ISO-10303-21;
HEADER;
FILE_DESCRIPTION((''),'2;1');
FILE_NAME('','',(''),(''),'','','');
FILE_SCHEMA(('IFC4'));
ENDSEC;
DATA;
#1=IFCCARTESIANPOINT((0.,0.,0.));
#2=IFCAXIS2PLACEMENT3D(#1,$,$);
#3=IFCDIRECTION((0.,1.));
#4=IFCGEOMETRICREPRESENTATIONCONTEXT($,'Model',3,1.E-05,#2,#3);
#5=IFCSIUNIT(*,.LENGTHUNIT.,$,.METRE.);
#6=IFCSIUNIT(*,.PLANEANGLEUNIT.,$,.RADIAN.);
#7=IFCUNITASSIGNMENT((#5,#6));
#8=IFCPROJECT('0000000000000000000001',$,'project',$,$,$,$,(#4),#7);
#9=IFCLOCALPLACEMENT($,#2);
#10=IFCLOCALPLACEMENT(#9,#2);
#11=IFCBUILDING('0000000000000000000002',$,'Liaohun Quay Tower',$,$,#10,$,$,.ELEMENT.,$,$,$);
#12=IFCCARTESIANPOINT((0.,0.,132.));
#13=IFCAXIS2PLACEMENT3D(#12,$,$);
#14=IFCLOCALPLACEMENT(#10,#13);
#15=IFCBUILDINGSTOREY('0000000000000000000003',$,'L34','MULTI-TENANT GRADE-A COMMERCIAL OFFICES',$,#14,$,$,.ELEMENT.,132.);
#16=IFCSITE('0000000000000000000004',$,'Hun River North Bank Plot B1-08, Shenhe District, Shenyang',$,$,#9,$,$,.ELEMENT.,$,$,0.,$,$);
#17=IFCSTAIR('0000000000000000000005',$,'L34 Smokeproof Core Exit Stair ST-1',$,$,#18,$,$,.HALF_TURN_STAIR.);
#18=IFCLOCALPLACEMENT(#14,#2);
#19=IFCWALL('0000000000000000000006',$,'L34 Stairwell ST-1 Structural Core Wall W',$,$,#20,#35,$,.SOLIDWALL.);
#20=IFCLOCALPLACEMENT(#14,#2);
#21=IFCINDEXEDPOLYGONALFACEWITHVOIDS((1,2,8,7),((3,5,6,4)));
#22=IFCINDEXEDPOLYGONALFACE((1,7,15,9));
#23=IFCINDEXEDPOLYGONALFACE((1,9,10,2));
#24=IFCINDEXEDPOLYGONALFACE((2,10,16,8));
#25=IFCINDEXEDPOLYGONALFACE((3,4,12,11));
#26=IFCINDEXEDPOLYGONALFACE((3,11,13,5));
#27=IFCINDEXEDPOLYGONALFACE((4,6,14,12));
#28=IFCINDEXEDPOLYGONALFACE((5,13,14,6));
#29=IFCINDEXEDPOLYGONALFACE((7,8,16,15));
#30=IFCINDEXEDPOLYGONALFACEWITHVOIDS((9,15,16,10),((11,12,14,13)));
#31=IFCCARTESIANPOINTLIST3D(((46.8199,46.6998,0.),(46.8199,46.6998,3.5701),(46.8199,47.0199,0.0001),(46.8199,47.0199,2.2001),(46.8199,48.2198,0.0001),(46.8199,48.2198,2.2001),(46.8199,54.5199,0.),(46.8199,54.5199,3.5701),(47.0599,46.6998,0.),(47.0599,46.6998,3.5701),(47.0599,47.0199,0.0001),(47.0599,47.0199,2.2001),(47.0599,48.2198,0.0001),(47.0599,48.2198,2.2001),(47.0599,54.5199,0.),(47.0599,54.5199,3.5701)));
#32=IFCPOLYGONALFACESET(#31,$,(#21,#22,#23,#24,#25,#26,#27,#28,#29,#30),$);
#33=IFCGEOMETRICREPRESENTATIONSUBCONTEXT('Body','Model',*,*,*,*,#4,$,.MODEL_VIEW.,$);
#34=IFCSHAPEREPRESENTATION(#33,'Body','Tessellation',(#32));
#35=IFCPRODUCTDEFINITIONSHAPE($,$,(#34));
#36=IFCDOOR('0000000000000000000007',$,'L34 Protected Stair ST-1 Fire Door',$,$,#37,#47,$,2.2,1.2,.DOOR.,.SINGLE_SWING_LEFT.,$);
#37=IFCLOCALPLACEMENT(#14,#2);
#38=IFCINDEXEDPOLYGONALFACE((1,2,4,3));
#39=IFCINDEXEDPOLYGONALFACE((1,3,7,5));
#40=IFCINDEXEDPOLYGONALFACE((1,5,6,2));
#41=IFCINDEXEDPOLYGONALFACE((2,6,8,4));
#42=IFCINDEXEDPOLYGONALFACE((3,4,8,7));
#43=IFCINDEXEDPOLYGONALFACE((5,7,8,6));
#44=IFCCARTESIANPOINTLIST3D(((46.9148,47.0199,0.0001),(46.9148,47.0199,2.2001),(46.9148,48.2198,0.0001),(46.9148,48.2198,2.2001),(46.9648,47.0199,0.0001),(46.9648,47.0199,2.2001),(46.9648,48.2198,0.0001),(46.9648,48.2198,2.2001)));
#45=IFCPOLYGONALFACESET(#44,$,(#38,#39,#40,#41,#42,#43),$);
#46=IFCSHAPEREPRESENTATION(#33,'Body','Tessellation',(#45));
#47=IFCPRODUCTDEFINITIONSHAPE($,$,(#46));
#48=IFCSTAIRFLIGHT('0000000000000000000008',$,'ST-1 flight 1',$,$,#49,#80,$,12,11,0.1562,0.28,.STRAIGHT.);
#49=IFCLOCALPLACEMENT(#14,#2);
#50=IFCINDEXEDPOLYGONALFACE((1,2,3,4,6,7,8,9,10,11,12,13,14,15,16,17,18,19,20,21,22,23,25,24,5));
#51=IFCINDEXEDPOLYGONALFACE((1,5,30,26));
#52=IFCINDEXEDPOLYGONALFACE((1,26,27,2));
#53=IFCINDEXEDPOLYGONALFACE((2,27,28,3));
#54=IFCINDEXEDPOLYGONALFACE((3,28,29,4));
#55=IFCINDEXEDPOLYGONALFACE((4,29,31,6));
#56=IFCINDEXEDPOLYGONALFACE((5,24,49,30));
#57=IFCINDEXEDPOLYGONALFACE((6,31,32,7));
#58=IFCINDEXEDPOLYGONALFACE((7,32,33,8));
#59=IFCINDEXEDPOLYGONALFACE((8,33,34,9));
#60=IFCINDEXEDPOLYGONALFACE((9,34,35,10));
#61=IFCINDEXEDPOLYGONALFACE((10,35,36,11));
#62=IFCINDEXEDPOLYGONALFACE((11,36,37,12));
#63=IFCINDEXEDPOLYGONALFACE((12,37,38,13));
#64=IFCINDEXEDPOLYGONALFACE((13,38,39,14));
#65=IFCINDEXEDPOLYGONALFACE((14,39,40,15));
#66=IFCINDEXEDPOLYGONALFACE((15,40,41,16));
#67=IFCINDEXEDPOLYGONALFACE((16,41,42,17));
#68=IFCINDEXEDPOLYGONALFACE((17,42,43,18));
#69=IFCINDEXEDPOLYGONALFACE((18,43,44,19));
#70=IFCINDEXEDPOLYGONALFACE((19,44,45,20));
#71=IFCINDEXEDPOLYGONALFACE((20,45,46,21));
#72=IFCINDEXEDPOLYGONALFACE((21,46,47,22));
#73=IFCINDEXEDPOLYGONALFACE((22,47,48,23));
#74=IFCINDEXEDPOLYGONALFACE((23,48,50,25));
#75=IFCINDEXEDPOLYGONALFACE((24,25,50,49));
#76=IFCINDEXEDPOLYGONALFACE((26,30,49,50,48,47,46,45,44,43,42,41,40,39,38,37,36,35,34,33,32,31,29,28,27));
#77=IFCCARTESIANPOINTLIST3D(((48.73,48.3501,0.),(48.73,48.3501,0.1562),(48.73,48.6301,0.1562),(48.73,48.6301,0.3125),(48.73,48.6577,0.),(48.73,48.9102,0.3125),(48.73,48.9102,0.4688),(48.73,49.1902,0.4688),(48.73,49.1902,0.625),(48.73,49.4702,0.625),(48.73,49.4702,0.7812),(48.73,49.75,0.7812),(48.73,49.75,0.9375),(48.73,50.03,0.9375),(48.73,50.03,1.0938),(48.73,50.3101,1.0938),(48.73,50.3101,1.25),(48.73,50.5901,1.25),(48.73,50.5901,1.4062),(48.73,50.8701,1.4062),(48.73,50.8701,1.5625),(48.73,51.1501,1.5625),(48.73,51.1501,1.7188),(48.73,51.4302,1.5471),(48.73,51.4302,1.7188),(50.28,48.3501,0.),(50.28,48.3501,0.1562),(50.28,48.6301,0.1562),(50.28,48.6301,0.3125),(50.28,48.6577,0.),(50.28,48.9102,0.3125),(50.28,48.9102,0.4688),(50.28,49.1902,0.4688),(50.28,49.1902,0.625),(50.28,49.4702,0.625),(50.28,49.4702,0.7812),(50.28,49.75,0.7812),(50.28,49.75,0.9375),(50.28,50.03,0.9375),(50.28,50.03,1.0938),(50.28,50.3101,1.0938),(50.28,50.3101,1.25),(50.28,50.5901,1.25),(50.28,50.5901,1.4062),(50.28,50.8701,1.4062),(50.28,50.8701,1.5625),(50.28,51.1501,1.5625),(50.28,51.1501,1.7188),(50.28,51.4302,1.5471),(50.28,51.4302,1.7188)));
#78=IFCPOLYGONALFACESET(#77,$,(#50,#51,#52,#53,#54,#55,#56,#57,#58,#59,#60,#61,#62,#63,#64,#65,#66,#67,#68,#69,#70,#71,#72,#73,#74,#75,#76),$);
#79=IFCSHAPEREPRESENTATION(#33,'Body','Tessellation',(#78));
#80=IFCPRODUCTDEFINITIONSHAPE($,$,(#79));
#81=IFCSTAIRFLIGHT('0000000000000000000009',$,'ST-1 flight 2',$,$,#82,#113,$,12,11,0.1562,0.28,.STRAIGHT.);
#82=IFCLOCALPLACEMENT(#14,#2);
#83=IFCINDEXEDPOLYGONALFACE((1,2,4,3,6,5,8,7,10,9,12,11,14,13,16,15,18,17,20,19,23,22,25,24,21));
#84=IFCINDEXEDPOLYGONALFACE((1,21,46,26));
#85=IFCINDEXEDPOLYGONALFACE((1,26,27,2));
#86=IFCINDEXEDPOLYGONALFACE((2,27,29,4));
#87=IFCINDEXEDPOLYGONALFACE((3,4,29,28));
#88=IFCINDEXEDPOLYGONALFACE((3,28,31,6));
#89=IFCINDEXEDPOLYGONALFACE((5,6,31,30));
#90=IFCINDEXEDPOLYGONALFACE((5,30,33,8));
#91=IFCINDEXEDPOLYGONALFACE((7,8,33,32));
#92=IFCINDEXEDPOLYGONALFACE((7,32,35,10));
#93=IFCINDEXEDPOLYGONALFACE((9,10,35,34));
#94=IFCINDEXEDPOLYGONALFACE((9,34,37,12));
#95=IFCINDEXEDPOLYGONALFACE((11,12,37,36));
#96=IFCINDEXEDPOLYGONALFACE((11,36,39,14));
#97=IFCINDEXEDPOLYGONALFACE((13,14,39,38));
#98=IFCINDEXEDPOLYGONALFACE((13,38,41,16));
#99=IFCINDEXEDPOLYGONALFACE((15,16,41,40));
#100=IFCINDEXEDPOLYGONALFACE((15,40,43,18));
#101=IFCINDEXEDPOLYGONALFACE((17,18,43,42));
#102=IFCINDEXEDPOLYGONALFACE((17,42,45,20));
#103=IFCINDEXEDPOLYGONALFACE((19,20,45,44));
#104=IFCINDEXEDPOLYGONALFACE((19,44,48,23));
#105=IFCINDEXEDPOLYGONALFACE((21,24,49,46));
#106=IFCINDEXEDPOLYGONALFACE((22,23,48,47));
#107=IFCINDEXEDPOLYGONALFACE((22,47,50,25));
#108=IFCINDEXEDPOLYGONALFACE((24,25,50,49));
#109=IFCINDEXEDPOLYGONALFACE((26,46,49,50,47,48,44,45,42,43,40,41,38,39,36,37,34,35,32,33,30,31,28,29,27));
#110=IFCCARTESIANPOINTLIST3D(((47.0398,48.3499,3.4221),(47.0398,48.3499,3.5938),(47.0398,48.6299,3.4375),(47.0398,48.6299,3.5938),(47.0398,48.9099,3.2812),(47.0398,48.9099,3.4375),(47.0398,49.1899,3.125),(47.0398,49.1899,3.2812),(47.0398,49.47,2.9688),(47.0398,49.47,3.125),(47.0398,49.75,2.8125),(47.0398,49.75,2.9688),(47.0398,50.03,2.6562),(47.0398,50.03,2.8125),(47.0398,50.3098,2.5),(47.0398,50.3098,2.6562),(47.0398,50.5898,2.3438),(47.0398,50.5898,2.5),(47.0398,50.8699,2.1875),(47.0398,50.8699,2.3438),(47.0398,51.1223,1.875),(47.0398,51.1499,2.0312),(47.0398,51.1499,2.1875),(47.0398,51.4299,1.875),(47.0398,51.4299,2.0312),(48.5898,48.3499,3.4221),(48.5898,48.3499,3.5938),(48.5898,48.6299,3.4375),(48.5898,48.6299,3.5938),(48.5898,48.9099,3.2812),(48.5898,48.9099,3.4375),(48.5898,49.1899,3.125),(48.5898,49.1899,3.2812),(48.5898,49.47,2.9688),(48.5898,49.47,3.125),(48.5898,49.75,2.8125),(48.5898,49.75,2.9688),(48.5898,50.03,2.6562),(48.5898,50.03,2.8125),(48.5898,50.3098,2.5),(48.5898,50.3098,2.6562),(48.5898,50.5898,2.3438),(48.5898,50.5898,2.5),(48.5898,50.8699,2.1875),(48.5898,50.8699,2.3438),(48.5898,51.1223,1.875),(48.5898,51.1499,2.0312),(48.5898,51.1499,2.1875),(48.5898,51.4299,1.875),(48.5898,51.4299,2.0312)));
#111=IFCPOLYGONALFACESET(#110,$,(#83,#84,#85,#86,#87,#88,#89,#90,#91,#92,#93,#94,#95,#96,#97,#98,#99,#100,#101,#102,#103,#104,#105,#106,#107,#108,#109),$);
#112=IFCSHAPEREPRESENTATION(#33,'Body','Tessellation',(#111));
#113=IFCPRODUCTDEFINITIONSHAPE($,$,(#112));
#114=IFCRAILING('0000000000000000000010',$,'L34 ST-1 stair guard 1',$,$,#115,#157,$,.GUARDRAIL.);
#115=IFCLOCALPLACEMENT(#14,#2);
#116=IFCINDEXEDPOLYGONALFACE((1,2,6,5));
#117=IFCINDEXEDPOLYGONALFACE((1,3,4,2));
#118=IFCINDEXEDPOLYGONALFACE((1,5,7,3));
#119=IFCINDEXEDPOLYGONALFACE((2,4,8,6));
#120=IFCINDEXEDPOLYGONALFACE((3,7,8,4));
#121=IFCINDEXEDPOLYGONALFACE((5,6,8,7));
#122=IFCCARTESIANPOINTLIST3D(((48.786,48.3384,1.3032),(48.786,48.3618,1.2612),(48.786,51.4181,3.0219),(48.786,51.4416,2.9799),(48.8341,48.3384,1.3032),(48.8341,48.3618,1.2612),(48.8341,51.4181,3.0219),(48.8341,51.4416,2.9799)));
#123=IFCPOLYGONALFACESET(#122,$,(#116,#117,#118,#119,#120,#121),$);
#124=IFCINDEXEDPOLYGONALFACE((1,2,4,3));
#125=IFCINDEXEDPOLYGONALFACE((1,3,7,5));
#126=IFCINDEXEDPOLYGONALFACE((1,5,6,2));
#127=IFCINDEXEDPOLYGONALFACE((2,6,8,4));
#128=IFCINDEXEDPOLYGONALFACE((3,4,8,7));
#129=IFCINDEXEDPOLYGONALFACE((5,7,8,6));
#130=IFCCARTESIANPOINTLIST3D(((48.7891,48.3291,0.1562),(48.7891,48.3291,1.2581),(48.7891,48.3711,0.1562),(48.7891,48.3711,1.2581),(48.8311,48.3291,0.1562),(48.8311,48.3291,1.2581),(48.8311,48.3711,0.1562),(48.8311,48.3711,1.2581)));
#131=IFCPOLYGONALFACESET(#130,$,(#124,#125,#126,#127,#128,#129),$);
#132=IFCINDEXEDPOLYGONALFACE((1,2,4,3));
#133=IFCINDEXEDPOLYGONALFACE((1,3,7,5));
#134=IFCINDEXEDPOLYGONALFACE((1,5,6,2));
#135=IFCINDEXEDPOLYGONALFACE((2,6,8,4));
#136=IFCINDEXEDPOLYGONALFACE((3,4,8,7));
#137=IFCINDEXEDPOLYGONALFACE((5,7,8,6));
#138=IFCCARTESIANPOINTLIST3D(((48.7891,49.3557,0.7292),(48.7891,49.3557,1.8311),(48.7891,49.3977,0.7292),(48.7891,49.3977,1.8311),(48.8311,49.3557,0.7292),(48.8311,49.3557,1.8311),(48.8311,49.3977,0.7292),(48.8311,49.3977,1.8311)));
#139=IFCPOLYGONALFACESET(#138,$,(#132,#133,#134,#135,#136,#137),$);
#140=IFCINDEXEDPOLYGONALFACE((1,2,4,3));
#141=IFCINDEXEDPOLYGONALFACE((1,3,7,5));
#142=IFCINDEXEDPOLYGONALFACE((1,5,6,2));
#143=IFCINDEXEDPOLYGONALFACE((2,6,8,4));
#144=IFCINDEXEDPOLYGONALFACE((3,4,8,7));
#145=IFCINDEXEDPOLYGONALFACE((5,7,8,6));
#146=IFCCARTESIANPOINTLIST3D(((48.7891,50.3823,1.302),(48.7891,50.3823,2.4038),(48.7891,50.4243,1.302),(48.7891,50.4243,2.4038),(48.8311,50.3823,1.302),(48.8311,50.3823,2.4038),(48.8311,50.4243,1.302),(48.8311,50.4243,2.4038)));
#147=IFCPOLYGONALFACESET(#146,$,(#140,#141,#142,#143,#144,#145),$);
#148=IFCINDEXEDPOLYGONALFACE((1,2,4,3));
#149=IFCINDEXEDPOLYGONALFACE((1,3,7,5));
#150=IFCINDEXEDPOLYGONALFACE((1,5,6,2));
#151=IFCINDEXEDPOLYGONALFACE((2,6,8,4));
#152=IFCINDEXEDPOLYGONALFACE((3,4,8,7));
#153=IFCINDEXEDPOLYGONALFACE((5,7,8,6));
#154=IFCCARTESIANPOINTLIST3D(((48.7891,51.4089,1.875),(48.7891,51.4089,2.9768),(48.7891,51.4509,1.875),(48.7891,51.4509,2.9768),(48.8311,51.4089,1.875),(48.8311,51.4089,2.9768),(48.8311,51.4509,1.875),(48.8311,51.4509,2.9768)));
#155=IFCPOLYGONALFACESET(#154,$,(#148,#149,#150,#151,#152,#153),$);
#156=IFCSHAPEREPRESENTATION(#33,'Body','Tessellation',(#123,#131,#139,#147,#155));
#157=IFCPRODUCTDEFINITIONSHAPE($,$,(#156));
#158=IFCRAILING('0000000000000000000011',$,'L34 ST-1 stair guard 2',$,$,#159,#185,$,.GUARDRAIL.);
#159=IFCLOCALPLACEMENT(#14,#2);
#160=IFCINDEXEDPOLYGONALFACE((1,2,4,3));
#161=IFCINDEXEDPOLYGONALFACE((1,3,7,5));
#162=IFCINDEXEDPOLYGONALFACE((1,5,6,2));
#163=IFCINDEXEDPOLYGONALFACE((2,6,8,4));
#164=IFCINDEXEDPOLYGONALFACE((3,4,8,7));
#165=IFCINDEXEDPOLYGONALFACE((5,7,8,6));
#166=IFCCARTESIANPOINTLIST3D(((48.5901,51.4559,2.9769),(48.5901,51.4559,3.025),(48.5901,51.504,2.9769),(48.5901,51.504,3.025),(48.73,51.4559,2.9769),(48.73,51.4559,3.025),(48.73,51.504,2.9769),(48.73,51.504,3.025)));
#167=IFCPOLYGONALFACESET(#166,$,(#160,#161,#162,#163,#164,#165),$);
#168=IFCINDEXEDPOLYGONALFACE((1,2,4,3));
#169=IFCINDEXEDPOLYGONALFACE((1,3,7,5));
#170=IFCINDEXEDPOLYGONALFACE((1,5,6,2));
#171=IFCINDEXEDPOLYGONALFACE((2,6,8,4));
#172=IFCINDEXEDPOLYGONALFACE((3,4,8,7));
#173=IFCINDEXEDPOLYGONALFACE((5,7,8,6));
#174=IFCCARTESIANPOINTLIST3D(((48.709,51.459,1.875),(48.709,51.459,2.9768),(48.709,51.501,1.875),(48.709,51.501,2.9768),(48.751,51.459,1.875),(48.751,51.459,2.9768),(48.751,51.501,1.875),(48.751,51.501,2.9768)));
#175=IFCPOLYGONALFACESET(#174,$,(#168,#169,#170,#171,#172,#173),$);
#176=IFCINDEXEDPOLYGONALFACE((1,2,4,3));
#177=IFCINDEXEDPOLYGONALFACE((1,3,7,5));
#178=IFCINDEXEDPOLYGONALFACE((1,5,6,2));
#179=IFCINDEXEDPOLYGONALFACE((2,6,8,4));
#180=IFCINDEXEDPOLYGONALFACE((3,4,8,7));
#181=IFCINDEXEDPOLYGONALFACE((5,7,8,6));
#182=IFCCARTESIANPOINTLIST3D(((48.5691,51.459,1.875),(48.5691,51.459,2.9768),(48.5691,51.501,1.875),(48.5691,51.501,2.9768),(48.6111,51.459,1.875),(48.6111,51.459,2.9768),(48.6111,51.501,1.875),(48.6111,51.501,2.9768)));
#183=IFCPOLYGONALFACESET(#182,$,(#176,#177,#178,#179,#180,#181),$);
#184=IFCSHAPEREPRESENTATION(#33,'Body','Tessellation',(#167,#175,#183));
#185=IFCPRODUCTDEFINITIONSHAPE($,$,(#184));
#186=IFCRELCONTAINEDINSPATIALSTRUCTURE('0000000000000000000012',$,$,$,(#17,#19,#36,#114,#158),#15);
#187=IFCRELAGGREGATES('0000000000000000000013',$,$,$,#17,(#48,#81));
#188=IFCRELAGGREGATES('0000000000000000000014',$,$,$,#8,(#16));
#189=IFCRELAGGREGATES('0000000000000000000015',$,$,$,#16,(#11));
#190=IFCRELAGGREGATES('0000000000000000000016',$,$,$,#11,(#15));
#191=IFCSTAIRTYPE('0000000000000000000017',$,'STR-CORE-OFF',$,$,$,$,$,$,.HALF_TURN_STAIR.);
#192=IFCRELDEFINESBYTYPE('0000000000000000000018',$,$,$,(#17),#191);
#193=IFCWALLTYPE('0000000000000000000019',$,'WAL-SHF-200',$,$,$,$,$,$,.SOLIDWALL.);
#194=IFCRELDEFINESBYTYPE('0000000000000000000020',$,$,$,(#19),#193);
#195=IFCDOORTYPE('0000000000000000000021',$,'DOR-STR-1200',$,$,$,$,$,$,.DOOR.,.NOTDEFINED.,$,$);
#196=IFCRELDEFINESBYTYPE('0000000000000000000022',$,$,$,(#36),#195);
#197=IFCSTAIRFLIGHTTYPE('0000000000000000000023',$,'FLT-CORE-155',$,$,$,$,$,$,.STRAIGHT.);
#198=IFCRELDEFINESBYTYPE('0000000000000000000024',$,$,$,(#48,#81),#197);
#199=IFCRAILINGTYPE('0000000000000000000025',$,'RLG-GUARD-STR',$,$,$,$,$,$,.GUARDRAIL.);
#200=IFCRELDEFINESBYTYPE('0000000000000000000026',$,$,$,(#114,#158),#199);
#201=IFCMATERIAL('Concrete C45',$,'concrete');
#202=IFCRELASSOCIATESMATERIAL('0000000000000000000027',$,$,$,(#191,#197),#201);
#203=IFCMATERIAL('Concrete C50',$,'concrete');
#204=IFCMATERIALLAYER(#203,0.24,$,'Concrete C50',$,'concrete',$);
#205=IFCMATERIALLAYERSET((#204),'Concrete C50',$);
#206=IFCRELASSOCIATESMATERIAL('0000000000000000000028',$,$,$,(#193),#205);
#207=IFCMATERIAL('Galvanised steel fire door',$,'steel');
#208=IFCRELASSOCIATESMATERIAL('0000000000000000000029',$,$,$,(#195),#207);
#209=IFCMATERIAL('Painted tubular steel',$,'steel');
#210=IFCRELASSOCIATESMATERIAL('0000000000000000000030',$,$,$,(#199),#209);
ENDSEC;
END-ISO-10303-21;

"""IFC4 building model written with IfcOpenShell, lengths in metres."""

from ifc_helpers import new_model, si_unit, direction, frame, frame_2d, origin, origin_2d, place, context, subcontext, project, spatial, polyline, rectangle, outline, extrude, source, transform, mapped, material, layer, layer_set, type_object, element, fill, aggregate, save


model = new_model("IFC4")

# Units and contexts
model_context = context("Model", 3, precision=1e-05, world=origin(), true_north=direction((0.0, 1.0)))
body_context = subcontext(model_context, "Body", "Model", "MODEL_VIEW")
ifc_project = project(units=[si_unit("LENGTHUNIT", "METRE"), si_unit("PLANEANGLEUNIT", "RADIAN")], contexts=[model_context])

# Site, building, storey
site_placement = place(None, origin())
site = spatial("IfcSite", under=ifc_project, at=site_placement, Name="Hun River North Bank Plot B1-08, Shenhe District, Shenyang", CompositionType="ELEMENT", RefElevation=0.0)
building_placement = place(site_placement, origin())
building = spatial("IfcBuilding", under=site, at=building_placement, Name="Liaohun Quay Tower", CompositionType="ELEMENT")
storey_placement = place(building_placement, frame((0.0, 0.0, 132.0)))
storey = spatial("IfcBuildingStorey", under=building, at=storey_placement, Name="L34", Description="MULTI-TENANT GRADE-A COMMERCIAL OFFICES", CompositionType="ELEMENT", Elevation=132.0)

# Stair
ifc_material_1 = material(Name="Concrete C45", Category="concrete")
stair_type = type_object("IfcStairType", Name="STR-CORE-OFF", PredefinedType="HALF_TURN_STAIR", material=ifc_material_1)
stair_1_placement = place(storey_placement, origin())
stair_1 = element("IfcStair", 1, at=stair_1_placement, inside=storey, type_object=stair_type, Name="L34 Smokeproof Core Exit Stair ST-1", PredefinedType="HALF_TURN_STAIR")

# Shared definitions
ifc_material_2 = material(Name="Concrete C50", Category="concrete")
ifc_layer_1 = layer(ifc_material_2, 0.24, Name="Concrete C50", Category="concrete")
ifc_layer_set_1 = layer_set([ifc_layer_1], Name="Concrete C50")
wall_type_1 = type_object("IfcWallType", Name="WAL-SHF-200", PredefinedType="SOLIDWALL", material=ifc_layer_set_1)

# Wall, opening, door
wall_1_placement = place(storey_placement, frame((46.9399, 54.52, 0.0), z_axis=(0.0, 0.0, 1.0), x_axis=(0.0, -1.0, 0.0)))
wall_1 = element("IfcWall", 2, at=wall_1_placement, inside=storey, type_object=wall_type_1, Name="L34 Stairwell ST-1 Structural Core Wall W", PredefinedType="SOLIDWALL", context=body_context, shape_type="SweptSolid", body=[
    extrude(rectangle(XDim=7.8201, YDim=0.24, at=frame_2d((3.9102, 0.0))), origin(), (0.0, 0.0, 1.0), 3.5701),
])
shared_shape_1 = source(origin(), body_context, "Body", "SweptSolid", [
    extrude(rectangle(XDim=1.2, YDim=2.2, at=frame_2d((0.6001, 1.1001))), frame((0.0, 0.1299, 0.0), z_axis=(0.0, -1.0, 0.0), x_axis=(1.0, 0.0, 0.0)), (0.0, 0.0, 1.0), 0.26),
])
opening_1_placement = place(wall_1_placement, frame((6.3, 0.0, 0.0)))
opening_1 = element("IfcOpeningElement", 3, at=opening_1_placement, cuts=wall_1, PredefinedType="OPENING", context=body_context, shape_type="MappedRepresentation", body=[
    mapped(shared_shape_1, transform((0.0, 0.0, 0.0), x_axis=(1.0, 0.0, 0.0), y_axis=(0.0, 1.0, 0.0), z_axis=(0.0, 0.0, 1.0), scale=1.0)),
])
ifc_material_3 = material(Name="Galvanised steel fire door", Category="steel")
door_type_1 = type_object("IfcDoorType", Name="DOR-STR-1200", OperationType="NOTDEFINED", PredefinedType="DOOR", material=ifc_material_3)
shared_shape_2 = source(origin(), body_context, "Body", "SweptSolid", [
    extrude(rectangle(XDim=1.2, YDim=2.2, at=frame_2d((0.6001, 1.1001))), frame((0.0, 0.0249, 0.0), z_axis=(0.0, -1.0, 0.0), x_axis=(1.0, 0.0, 0.0)), (0.0, 0.0, 1.0), 0.05),
])
door_1_placement = place(opening_1_placement, origin())
door_1 = element("IfcDoor", 4, at=door_1_placement, inside=storey, type_object=door_type_1, Name="L34 Protected Stair ST-1 Fire Door", OperationType="SINGLE_SWING_LEFT", OverallHeight=2.2, OverallWidth=1.2, PredefinedType="DOOR", context=body_context, shape_type="MappedRepresentation", body=[
    mapped(shared_shape_2, transform((0.0, 0.0, 0.0), x_axis=(1.0, 0.0, 0.0), y_axis=(0.0, 1.0, 0.0), z_axis=(0.0, 0.0, 1.0), scale=1.0)),
])
fill(opening_1, door_1)

# Stair flights
stair_flight_type = type_object("IfcStairFlightType", Name="FLT-CORE-155", PredefinedType="STRAIGHT", material=ifc_material_1)
stair_flight_1_placement = place(storey_placement, frame((49.5049, 48.3501, 0.0), z_axis=(0.0, 0.0, 1.0), x_axis=(0.0, 1.0, 0.0)))
stair_flight_1 = element("IfcStairFlight", 5, at=stair_flight_1_placement, type_object=stair_flight_type, Name="ST-1 flight 1", NumberOfRisers=12, NumberOfTreads=11, PredefinedType="STRAIGHT", RiserHeight=0.1562, TreadLength=0.28, context=body_context, shape_type="SweptSolid", body=[
    extrude(outline(polyline([(0.0, 0.0), (0.0, 0.1562), (0.28, 0.1562), (0.28, 0.3125), (0.5601, 0.3125), (0.5601, 0.4688), (0.8401, 0.4688), (0.8401, 0.625), (1.1201, 0.625), (1.1201, 0.7812), (1.3999, 0.7812), (1.3999, 0.9375), (1.6799, 0.9375), (1.6799, 1.0938), (1.96, 1.0938), (1.96, 1.25), (2.24, 1.25), (2.24, 1.4062), (2.52, 1.4062), (2.52, 1.5625), (2.8, 1.5625), (2.8, 1.7188), (3.0801, 1.7188), (3.0801, 1.875), (3.0801, 1.5471), (0.3076, 0.0), (0.0, 0.0)])), frame((0.0, 0.7749, 0.0), z_axis=(0.0, -1.0, 0.0), x_axis=(1.0, 0.0, 0.0)), (0.0, 0.0, 1.0), 1.55),
])
stair_flight_2_placement = place(storey_placement, frame((47.8149, 51.4299, 1.875), z_axis=(0.0, 0.0, 1.0), x_axis=(0.0, -1.0, 0.0)))
stair_flight_2 = element("IfcStairFlight", 6, at=stair_flight_2_placement, type_object=stair_flight_type, Name="ST-1 flight 2", NumberOfRisers=12, NumberOfTreads=11, PredefinedType="STRAIGHT", RiserHeight=0.1562, TreadLength=0.28, context=body_context, shape_type="SweptSolid", body=[
    extrude(outline(polyline([(0.0, 0.0), (0.0, 0.1562), (0.28, 0.1562), (0.28, 0.3125), (0.5601, 0.3125), (0.5601, 0.4688), (0.8401, 0.4688), (0.8401, 0.625), (1.1201, 0.625), (1.1201, 0.7812), (1.3999, 0.7812), (1.3999, 0.9375), (1.6799, 0.9375), (1.6799, 1.0938), (1.96, 1.0938), (1.96, 1.25), (2.24, 1.25), (2.24, 1.4062), (2.52, 1.4062), (2.52, 1.5625), (2.8, 1.5625), (2.8, 1.7188), (3.0801, 1.7188), (3.0801, 1.875), (3.0801, 1.5471), (0.3076, 0.0), (0.0, 0.0)])), frame((0.0, 0.7749, 0.0), z_axis=(0.0, -1.0, 0.0), x_axis=(1.0, 0.0, 0.0)), (0.0, 0.0, 1.0), 1.55),
])
aggregate(stair_1, [stair_flight_1, stair_flight_2])

# Railings
ifc_material_4 = material(Name="Painted tubular steel", Category="steel")
railing_type_1 = type_object("IfcRailingType", Name="RLG-GUARD-STR", PredefinedType="GUARDRAIL", material=ifc_material_4)
railing_1_placement = place(storey_placement, frame((48.8101, 48.3501, 0.1562)))
element("IfcRailing", 7, at=railing_1_placement, inside=storey, type_object=railing_type_1, Name="L34 ST-1 stair guard 1", PredefinedType="GUARDRAIL", context=body_context, shape_type="SweptSolid", body=[
    extrude(rectangle(XDim=0.0481, YDim=0.0481, at=origin_2d()), frame((0.0, 0.0, 1.126), z_axis=(0.0, 0.873225, 0.487317), x_axis=(-1.0, 0.0, 0.0)), (0.0, 0.0, 1.0), 3.5269),
    extrude(rectangle(XDim=0.042, YDim=0.042, at=origin_2d()), origin(), (0.0, 0.0, 1.0), 1.1018),
    extrude(rectangle(XDim=0.042, YDim=0.042, at=origin_2d()), frame((0.0, 1.0266, 0.573)), (0.0, 0.0, 1.0), 1.1018),
    extrude(rectangle(XDim=0.042, YDim=0.042, at=origin_2d()), frame((0.0, 2.0532, 1.1458)), (0.0, 0.0, 1.0), 1.1018),
    extrude(rectangle(XDim=0.042, YDim=0.042, at=origin_2d()), frame((0.0, 3.0798, 1.7188)), (0.0, 0.0, 1.0), 1.1018),
])
railing_2_placement = place(storey_placement, frame((48.73, 51.48, 1.875)))
element("IfcRailing", 8, at=railing_2_placement, inside=storey, type_object=railing_type_1, Name="L34 ST-1 stair guard 2", PredefinedType="GUARDRAIL", context=body_context, shape_type="SweptSolid", body=[
    extrude(rectangle(XDim=0.0481, YDim=0.0481, at=origin_2d()), frame((0.0, 0.0, 1.126), z_axis=(-1.0, 0.0, 0.0), x_axis=(0.0, -1.0, 0.0)), (0.0, 0.0, 1.0), 0.1399),
    extrude(rectangle(XDim=0.042, YDim=0.042, at=origin_2d()), origin(), (0.0, 0.0, 1.0), 1.1018),
    extrude(rectangle(XDim=0.042, YDim=0.042, at=origin_2d()), frame((-0.1399, 0.0, 0.0)), (0.0, 0.0, 1.0), 1.1018),
])

save(model, "model.ifc")
